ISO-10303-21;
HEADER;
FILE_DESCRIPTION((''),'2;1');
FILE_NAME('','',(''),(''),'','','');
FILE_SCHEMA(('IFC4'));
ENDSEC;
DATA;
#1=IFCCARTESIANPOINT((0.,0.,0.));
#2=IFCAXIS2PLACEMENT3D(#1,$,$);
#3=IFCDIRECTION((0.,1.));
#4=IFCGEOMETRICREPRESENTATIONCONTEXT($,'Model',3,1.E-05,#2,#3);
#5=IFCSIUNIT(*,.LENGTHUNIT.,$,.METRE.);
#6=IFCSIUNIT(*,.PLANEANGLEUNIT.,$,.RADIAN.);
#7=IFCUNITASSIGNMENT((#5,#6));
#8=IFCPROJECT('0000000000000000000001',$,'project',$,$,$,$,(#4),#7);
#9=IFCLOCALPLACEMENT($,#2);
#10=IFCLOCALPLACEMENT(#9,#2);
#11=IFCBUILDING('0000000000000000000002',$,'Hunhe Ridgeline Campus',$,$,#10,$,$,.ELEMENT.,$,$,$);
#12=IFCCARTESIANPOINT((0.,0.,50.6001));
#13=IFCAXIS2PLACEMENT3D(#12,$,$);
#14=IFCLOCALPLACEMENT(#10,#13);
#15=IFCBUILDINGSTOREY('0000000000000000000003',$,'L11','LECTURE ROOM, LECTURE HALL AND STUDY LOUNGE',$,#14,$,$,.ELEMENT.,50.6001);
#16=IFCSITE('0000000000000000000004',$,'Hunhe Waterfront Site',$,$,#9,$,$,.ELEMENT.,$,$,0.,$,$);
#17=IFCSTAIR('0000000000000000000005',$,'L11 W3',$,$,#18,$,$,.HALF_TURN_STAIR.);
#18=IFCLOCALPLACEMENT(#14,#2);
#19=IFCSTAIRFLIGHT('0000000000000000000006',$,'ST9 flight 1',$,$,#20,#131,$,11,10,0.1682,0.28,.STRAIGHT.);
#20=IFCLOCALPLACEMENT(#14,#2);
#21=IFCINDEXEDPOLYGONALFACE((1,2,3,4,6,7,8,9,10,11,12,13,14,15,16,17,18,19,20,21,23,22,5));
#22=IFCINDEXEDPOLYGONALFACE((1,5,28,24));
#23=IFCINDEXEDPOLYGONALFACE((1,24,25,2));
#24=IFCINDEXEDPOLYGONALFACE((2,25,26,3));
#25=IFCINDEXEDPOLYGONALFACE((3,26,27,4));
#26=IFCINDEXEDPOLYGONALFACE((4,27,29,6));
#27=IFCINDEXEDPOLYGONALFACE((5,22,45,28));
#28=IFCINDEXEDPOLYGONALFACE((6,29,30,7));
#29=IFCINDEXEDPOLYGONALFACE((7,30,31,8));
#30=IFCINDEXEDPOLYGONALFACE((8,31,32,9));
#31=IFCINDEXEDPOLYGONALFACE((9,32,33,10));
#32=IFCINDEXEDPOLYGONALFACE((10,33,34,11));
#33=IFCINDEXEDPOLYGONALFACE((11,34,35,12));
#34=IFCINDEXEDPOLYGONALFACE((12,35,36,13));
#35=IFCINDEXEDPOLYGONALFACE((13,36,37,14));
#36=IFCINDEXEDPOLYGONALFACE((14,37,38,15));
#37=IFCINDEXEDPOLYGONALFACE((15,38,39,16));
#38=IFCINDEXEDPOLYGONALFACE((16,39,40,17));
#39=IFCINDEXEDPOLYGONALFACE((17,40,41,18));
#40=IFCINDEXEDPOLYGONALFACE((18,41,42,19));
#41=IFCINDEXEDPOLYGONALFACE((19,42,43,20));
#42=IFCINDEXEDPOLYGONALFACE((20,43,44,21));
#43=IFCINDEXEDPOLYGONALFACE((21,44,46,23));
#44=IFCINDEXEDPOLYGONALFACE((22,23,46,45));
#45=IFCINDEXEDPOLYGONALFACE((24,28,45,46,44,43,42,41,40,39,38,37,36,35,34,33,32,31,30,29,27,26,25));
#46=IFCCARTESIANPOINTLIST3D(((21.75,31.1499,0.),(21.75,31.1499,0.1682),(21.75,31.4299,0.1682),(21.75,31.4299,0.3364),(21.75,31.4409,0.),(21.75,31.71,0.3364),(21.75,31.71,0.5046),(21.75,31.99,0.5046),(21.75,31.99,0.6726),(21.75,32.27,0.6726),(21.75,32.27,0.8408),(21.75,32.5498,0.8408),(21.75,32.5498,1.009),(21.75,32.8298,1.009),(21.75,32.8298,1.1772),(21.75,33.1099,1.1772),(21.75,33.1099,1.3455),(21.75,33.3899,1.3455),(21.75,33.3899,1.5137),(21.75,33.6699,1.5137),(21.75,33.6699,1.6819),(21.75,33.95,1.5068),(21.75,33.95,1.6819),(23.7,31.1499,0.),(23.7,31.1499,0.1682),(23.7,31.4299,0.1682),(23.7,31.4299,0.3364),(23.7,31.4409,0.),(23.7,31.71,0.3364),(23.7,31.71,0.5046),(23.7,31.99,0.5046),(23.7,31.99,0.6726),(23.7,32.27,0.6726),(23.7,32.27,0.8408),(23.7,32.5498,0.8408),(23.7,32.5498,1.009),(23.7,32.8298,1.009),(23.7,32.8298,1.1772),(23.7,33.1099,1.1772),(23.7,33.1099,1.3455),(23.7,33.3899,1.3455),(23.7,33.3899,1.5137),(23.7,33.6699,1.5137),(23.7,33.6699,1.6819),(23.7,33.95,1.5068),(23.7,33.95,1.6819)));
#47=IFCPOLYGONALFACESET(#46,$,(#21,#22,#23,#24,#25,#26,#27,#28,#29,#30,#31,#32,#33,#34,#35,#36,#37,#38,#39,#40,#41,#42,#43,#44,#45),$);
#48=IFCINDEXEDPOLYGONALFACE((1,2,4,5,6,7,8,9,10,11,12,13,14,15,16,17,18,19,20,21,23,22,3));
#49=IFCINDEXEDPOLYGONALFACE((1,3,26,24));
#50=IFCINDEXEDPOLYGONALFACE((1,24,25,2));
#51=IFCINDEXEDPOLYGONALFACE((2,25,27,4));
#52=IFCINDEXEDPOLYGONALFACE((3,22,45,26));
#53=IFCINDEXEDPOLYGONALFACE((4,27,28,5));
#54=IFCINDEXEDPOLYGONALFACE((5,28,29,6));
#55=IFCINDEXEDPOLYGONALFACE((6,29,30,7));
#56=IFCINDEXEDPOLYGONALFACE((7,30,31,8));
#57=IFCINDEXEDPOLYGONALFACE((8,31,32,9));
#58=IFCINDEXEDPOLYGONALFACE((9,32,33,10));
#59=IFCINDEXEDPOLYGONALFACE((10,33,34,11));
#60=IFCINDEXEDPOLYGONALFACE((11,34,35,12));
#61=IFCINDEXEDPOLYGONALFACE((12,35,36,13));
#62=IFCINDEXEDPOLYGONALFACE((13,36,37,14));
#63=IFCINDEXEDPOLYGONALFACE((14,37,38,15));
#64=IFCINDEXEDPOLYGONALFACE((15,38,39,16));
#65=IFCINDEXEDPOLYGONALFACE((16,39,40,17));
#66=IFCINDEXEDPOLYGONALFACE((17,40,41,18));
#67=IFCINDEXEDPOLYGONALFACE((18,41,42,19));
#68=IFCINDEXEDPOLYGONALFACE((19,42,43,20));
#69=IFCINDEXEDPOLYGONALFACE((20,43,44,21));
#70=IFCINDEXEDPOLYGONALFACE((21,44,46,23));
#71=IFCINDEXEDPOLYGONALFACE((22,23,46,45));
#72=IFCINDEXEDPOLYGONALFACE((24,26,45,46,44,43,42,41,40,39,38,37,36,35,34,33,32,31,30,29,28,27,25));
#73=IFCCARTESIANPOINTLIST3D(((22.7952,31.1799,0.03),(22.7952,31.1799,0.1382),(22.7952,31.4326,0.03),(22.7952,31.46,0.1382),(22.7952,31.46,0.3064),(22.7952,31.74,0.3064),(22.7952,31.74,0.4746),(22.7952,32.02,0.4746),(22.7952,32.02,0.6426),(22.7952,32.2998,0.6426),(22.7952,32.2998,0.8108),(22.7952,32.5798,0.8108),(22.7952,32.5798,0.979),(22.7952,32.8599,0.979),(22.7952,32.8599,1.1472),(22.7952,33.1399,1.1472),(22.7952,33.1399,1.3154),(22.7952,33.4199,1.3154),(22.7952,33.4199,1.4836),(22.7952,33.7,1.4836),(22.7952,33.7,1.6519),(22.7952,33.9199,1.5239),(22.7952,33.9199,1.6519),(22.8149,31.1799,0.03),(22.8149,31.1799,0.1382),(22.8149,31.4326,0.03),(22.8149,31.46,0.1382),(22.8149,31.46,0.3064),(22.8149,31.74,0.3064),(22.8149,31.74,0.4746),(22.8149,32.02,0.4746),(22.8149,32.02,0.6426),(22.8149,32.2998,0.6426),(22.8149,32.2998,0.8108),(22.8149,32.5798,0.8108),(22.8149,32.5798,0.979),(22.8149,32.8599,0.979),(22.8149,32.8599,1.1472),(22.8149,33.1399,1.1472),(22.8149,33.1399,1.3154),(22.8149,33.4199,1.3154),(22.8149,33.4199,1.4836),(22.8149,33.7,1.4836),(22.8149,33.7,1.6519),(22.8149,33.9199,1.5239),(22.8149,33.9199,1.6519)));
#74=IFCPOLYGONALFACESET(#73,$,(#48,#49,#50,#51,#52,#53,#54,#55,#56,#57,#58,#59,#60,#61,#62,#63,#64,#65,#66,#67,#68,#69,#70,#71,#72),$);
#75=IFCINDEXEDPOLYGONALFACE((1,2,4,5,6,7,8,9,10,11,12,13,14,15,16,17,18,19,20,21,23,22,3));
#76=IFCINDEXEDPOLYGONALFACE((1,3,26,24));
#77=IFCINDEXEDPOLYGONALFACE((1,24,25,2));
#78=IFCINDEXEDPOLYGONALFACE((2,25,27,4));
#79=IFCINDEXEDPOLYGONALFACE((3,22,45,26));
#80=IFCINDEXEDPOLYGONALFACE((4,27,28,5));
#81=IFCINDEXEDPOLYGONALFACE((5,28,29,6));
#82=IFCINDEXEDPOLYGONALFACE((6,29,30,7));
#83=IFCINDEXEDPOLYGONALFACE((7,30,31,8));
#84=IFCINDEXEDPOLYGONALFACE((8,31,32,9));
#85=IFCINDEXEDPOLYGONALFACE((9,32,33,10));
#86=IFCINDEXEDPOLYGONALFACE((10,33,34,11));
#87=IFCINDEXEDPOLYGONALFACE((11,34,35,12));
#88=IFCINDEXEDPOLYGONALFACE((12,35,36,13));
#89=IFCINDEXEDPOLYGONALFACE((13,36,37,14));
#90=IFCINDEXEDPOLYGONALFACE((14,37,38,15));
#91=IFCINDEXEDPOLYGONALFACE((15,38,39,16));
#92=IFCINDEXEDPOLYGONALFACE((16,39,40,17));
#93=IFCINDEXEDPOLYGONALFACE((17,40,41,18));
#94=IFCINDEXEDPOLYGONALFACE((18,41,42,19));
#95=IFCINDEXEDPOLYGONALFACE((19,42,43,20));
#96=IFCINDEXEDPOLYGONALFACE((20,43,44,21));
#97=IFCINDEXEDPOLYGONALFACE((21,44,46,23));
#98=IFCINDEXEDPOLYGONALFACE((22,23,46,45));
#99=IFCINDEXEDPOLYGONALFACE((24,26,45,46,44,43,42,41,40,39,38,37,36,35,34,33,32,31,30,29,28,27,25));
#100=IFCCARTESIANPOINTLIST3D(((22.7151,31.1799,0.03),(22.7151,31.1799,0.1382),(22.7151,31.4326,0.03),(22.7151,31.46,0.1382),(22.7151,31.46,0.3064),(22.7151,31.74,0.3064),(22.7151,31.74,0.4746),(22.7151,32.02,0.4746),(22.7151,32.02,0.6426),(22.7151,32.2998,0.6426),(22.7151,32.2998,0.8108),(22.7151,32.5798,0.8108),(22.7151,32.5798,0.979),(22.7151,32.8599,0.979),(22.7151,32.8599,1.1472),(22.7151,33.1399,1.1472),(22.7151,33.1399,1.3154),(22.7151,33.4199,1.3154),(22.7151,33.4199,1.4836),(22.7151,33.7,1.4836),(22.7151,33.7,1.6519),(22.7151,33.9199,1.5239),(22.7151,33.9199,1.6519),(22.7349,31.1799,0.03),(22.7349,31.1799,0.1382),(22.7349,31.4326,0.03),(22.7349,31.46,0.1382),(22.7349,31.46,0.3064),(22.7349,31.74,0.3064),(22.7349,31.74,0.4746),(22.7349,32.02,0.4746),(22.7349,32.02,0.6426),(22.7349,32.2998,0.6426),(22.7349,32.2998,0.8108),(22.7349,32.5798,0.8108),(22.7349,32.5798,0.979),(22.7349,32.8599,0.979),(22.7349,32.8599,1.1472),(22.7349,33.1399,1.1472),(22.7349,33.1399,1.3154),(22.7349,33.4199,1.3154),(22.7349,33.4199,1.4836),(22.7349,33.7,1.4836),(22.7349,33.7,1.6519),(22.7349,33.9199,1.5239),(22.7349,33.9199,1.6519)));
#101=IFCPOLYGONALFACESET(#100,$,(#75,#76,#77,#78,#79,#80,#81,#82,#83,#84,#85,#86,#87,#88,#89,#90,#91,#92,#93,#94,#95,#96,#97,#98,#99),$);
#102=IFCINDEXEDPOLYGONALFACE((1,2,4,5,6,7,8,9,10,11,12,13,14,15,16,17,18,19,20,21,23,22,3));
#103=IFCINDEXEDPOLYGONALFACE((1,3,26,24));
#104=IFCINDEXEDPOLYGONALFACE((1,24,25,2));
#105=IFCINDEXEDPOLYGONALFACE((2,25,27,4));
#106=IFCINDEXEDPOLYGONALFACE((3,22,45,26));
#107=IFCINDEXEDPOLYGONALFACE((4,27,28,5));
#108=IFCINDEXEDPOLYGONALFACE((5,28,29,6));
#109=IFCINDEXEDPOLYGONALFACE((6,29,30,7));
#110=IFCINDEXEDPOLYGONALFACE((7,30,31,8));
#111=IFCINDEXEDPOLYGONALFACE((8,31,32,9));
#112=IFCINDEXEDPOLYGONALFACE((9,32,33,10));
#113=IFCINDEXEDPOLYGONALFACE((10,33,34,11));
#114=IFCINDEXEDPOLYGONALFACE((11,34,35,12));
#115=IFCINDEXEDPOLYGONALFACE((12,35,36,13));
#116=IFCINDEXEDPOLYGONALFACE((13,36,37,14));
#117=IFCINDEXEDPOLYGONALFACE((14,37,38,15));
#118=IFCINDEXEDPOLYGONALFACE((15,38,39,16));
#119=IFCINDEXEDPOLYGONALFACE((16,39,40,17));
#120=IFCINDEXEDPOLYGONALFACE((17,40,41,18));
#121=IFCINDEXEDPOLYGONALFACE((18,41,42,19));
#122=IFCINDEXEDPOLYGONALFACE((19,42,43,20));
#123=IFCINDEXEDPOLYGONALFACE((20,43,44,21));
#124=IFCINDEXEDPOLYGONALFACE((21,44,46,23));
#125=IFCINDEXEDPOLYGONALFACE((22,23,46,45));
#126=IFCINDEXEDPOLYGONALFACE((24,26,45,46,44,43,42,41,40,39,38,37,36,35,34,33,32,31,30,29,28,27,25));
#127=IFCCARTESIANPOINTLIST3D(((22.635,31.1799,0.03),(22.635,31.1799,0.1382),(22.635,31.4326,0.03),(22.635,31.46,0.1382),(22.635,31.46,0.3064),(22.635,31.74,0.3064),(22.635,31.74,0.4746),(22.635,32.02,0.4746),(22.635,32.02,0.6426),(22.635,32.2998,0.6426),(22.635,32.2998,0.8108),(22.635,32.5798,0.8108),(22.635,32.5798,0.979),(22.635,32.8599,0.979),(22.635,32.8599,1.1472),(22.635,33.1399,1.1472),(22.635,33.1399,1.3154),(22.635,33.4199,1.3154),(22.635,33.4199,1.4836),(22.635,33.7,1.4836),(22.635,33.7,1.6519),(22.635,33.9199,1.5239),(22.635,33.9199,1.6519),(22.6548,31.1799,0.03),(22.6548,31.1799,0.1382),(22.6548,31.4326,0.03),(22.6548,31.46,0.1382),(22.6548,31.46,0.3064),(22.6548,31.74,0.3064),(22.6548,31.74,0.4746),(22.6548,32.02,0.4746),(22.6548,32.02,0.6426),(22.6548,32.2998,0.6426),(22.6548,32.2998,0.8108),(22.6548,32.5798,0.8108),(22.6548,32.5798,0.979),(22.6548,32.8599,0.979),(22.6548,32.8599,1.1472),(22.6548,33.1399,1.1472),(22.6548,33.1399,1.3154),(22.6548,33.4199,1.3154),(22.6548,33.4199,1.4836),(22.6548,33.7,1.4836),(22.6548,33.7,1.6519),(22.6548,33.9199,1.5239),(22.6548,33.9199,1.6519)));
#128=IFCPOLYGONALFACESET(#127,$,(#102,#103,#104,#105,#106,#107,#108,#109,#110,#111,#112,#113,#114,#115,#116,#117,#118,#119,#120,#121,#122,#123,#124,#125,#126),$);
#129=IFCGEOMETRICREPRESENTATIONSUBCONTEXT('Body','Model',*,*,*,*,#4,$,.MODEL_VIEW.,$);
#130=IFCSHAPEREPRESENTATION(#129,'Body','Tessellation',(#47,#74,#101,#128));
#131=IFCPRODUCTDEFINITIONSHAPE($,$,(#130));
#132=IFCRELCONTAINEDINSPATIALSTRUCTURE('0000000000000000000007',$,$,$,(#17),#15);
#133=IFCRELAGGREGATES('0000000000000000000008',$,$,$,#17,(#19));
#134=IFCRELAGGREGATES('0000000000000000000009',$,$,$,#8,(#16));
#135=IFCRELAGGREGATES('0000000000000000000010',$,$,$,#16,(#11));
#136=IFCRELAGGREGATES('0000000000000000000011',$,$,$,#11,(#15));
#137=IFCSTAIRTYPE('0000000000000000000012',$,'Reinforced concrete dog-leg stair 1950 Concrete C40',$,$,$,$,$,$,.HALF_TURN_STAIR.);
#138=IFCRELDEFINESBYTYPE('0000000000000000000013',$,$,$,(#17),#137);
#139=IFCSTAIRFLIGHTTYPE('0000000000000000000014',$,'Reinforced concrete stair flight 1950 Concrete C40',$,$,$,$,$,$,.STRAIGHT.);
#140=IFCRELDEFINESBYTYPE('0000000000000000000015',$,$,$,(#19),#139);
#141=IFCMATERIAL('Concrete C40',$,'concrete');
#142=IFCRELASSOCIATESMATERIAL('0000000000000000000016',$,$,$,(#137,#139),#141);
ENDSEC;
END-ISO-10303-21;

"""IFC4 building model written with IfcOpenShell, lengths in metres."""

from ifc_helpers import new_model, si_unit, direction, frame, origin, place, context, subcontext, project, spatial, polyline, outline, extrude, material, type_object, element, aggregate, save


model = new_model("IFC4")

# Units and contexts
model_context = context("Model", 3, precision=1e-05, world=origin(), true_north=direction((0.0, 1.0)))
body_context = subcontext(model_context, "Body", "Model", "MODEL_VIEW")
ifc_project = project(units=[si_unit("LENGTHUNIT", "METRE"), si_unit("PLANEANGLEUNIT", "RADIAN")], contexts=[model_context])

# Site, building, storey
site_placement = place(None, origin())
site = spatial("IfcSite", under=ifc_project, at=site_placement, Name="Hunhe Waterfront Site", CompositionType="ELEMENT", RefElevation=0.0)
building_placement = place(site_placement, origin())
building = spatial("IfcBuilding", under=site, at=building_placement, Name="Hunhe Ridgeline Campus", CompositionType="ELEMENT")
storey_placement = place(building_placement, frame((0.0, 0.0, 50.6001)))
storey = spatial("IfcBuildingStorey", under=building, at=storey_placement, Name="L11", Description="LECTURE ROOM, LECTURE HALL AND STUDY LOUNGE", CompositionType="ELEMENT", Elevation=50.6001)

# Stair, stair flight
ifc_material_1 = material(Name="Concrete C40", Category="concrete")
stair_type = type_object("IfcStairType", Name="Reinforced concrete dog-leg stair 1950 Concrete C40", PredefinedType="HALF_TURN_STAIR", material=ifc_material_1)
stair_placement = place(storey_placement, origin())
stair = element("IfcStair", 1, at=stair_placement, inside=storey, type_object=stair_type, Name="L11 W3", PredefinedType="HALF_TURN_STAIR")
stair_flight_type = type_object("IfcStairFlightType", Name="Reinforced concrete stair flight 1950 Concrete C40", PredefinedType="STRAIGHT", material=ifc_material_1)
stair_flight_placement = place(storey_placement, frame((22.7251, 31.1499, 0.0), z_axis=(0.0, 0.0, 1.0), x_axis=(0.0, 1.0, 0.0)))
stair_flight = element("IfcStairFlight", 2, at=stair_flight_placement, type_object=stair_flight_type, Name="ST9 flight 1", NumberOfRisers=11, NumberOfTreads=10, PredefinedType="STRAIGHT", RiserHeight=0.1682, TreadLength=0.28, context=body_context, shape_type="SweptSolid", body=[
    extrude(outline(polyline([(0.0, 0.0), (0.0, 0.1682), (0.28, 0.1682), (0.28, 0.3364), (0.5601, 0.3364), (0.5601, 0.5046), (0.8401, 0.5046), (0.8401, 0.6726), (1.1201, 0.6726), (1.1201, 0.8408), (1.3999, 0.8408), (1.3999, 1.009), (1.6799, 1.009), (1.6799, 1.1772), (1.96, 1.1772), (1.96, 1.3455), (2.24, 1.3455), (2.24, 1.5137), (2.52, 1.5137), (2.52, 1.6819), (2.8, 1.6819), (2.8, 1.8501), (2.8, 1.5068), (0.291, 0.0), (0.0, 0.0)])), frame((0.0, 0.9751, 0.0), z_axis=(0.0, -1.0, 0.0), x_axis=(1.0, 0.0, 0.0)), (0.0, 0.0, 1.0), 1.95),
    extrude(outline(polyline([(0.03, 0.03), (0.03, 0.1382), (0.3101, 0.1382), (0.3101, 0.3064), (0.5901, 0.3064), (0.5901, 0.4746), (0.8701, 0.4746), (0.8701, 0.6426), (1.1499, 0.6426), (1.1499, 0.8108), (1.4299, 0.8108), (1.4299, 0.979), (1.71, 0.979), (1.71, 1.1472), (1.99, 1.1472), (1.99, 1.3154), (2.27, 1.3154), (2.27, 1.4836), (2.55, 1.4836), (2.55, 1.6519), (2.77, 1.6519), (2.77, 1.5239), (0.2827, 0.03), (0.03, 0.03)])), frame((0.0, -0.0701, 0.0), z_axis=(0.0, -1.0, 0.0), x_axis=(1.0, 0.0, 0.0)), (0.0, 0.0, 1.0), 0.0198),
    extrude(outline(polyline([(0.03, 0.03), (0.03, 0.1382), (0.3101, 0.1382), (0.3101, 0.3064), (0.5901, 0.3064), (0.5901, 0.4746), (0.8701, 0.4746), (0.8701, 0.6426), (1.1499, 0.6426), (1.1499, 0.8108), (1.4299, 0.8108), (1.4299, 0.979), (1.71, 0.979), (1.71, 1.1472), (1.99, 1.1472), (1.99, 1.3154), (2.27, 1.3154), (2.27, 1.4836), (2.55, 1.4836), (2.55, 1.6519), (2.77, 1.6519), (2.77, 1.5239), (0.2827, 0.03), (0.03, 0.03)])), frame((0.0, 0.01, 0.0), z_axis=(0.0, -1.0, 0.0), x_axis=(1.0, 0.0, 0.0)), (0.0, 0.0, 1.0), 0.0198),
    extrude(outline(polyline([(0.03, 0.03), (0.03, 0.1382), (0.3101, 0.1382), (0.3101, 0.3064), (0.5901, 0.3064), (0.5901, 0.4746), (0.8701, 0.4746), (0.8701, 0.6426), (1.1499, 0.6426), (1.1499, 0.8108), (1.4299, 0.8108), (1.4299, 0.979), (1.71, 0.979), (1.71, 1.1472), (1.99, 1.1472), (1.99, 1.3154), (2.27, 1.3154), (2.27, 1.4836), (2.55, 1.4836), (2.55, 1.6519), (2.77, 1.6519), (2.77, 1.5239), (0.2827, 0.03), (0.03, 0.03)])), frame((0.0, 0.0901, 0.0), z_axis=(0.0, -1.0, 0.0), x_axis=(1.0, 0.0, 0.0)), (0.0, 0.0, 1.0), 0.0198),
])
aggregate(stair, [stair_flight])

save(model, "model.ifc")
